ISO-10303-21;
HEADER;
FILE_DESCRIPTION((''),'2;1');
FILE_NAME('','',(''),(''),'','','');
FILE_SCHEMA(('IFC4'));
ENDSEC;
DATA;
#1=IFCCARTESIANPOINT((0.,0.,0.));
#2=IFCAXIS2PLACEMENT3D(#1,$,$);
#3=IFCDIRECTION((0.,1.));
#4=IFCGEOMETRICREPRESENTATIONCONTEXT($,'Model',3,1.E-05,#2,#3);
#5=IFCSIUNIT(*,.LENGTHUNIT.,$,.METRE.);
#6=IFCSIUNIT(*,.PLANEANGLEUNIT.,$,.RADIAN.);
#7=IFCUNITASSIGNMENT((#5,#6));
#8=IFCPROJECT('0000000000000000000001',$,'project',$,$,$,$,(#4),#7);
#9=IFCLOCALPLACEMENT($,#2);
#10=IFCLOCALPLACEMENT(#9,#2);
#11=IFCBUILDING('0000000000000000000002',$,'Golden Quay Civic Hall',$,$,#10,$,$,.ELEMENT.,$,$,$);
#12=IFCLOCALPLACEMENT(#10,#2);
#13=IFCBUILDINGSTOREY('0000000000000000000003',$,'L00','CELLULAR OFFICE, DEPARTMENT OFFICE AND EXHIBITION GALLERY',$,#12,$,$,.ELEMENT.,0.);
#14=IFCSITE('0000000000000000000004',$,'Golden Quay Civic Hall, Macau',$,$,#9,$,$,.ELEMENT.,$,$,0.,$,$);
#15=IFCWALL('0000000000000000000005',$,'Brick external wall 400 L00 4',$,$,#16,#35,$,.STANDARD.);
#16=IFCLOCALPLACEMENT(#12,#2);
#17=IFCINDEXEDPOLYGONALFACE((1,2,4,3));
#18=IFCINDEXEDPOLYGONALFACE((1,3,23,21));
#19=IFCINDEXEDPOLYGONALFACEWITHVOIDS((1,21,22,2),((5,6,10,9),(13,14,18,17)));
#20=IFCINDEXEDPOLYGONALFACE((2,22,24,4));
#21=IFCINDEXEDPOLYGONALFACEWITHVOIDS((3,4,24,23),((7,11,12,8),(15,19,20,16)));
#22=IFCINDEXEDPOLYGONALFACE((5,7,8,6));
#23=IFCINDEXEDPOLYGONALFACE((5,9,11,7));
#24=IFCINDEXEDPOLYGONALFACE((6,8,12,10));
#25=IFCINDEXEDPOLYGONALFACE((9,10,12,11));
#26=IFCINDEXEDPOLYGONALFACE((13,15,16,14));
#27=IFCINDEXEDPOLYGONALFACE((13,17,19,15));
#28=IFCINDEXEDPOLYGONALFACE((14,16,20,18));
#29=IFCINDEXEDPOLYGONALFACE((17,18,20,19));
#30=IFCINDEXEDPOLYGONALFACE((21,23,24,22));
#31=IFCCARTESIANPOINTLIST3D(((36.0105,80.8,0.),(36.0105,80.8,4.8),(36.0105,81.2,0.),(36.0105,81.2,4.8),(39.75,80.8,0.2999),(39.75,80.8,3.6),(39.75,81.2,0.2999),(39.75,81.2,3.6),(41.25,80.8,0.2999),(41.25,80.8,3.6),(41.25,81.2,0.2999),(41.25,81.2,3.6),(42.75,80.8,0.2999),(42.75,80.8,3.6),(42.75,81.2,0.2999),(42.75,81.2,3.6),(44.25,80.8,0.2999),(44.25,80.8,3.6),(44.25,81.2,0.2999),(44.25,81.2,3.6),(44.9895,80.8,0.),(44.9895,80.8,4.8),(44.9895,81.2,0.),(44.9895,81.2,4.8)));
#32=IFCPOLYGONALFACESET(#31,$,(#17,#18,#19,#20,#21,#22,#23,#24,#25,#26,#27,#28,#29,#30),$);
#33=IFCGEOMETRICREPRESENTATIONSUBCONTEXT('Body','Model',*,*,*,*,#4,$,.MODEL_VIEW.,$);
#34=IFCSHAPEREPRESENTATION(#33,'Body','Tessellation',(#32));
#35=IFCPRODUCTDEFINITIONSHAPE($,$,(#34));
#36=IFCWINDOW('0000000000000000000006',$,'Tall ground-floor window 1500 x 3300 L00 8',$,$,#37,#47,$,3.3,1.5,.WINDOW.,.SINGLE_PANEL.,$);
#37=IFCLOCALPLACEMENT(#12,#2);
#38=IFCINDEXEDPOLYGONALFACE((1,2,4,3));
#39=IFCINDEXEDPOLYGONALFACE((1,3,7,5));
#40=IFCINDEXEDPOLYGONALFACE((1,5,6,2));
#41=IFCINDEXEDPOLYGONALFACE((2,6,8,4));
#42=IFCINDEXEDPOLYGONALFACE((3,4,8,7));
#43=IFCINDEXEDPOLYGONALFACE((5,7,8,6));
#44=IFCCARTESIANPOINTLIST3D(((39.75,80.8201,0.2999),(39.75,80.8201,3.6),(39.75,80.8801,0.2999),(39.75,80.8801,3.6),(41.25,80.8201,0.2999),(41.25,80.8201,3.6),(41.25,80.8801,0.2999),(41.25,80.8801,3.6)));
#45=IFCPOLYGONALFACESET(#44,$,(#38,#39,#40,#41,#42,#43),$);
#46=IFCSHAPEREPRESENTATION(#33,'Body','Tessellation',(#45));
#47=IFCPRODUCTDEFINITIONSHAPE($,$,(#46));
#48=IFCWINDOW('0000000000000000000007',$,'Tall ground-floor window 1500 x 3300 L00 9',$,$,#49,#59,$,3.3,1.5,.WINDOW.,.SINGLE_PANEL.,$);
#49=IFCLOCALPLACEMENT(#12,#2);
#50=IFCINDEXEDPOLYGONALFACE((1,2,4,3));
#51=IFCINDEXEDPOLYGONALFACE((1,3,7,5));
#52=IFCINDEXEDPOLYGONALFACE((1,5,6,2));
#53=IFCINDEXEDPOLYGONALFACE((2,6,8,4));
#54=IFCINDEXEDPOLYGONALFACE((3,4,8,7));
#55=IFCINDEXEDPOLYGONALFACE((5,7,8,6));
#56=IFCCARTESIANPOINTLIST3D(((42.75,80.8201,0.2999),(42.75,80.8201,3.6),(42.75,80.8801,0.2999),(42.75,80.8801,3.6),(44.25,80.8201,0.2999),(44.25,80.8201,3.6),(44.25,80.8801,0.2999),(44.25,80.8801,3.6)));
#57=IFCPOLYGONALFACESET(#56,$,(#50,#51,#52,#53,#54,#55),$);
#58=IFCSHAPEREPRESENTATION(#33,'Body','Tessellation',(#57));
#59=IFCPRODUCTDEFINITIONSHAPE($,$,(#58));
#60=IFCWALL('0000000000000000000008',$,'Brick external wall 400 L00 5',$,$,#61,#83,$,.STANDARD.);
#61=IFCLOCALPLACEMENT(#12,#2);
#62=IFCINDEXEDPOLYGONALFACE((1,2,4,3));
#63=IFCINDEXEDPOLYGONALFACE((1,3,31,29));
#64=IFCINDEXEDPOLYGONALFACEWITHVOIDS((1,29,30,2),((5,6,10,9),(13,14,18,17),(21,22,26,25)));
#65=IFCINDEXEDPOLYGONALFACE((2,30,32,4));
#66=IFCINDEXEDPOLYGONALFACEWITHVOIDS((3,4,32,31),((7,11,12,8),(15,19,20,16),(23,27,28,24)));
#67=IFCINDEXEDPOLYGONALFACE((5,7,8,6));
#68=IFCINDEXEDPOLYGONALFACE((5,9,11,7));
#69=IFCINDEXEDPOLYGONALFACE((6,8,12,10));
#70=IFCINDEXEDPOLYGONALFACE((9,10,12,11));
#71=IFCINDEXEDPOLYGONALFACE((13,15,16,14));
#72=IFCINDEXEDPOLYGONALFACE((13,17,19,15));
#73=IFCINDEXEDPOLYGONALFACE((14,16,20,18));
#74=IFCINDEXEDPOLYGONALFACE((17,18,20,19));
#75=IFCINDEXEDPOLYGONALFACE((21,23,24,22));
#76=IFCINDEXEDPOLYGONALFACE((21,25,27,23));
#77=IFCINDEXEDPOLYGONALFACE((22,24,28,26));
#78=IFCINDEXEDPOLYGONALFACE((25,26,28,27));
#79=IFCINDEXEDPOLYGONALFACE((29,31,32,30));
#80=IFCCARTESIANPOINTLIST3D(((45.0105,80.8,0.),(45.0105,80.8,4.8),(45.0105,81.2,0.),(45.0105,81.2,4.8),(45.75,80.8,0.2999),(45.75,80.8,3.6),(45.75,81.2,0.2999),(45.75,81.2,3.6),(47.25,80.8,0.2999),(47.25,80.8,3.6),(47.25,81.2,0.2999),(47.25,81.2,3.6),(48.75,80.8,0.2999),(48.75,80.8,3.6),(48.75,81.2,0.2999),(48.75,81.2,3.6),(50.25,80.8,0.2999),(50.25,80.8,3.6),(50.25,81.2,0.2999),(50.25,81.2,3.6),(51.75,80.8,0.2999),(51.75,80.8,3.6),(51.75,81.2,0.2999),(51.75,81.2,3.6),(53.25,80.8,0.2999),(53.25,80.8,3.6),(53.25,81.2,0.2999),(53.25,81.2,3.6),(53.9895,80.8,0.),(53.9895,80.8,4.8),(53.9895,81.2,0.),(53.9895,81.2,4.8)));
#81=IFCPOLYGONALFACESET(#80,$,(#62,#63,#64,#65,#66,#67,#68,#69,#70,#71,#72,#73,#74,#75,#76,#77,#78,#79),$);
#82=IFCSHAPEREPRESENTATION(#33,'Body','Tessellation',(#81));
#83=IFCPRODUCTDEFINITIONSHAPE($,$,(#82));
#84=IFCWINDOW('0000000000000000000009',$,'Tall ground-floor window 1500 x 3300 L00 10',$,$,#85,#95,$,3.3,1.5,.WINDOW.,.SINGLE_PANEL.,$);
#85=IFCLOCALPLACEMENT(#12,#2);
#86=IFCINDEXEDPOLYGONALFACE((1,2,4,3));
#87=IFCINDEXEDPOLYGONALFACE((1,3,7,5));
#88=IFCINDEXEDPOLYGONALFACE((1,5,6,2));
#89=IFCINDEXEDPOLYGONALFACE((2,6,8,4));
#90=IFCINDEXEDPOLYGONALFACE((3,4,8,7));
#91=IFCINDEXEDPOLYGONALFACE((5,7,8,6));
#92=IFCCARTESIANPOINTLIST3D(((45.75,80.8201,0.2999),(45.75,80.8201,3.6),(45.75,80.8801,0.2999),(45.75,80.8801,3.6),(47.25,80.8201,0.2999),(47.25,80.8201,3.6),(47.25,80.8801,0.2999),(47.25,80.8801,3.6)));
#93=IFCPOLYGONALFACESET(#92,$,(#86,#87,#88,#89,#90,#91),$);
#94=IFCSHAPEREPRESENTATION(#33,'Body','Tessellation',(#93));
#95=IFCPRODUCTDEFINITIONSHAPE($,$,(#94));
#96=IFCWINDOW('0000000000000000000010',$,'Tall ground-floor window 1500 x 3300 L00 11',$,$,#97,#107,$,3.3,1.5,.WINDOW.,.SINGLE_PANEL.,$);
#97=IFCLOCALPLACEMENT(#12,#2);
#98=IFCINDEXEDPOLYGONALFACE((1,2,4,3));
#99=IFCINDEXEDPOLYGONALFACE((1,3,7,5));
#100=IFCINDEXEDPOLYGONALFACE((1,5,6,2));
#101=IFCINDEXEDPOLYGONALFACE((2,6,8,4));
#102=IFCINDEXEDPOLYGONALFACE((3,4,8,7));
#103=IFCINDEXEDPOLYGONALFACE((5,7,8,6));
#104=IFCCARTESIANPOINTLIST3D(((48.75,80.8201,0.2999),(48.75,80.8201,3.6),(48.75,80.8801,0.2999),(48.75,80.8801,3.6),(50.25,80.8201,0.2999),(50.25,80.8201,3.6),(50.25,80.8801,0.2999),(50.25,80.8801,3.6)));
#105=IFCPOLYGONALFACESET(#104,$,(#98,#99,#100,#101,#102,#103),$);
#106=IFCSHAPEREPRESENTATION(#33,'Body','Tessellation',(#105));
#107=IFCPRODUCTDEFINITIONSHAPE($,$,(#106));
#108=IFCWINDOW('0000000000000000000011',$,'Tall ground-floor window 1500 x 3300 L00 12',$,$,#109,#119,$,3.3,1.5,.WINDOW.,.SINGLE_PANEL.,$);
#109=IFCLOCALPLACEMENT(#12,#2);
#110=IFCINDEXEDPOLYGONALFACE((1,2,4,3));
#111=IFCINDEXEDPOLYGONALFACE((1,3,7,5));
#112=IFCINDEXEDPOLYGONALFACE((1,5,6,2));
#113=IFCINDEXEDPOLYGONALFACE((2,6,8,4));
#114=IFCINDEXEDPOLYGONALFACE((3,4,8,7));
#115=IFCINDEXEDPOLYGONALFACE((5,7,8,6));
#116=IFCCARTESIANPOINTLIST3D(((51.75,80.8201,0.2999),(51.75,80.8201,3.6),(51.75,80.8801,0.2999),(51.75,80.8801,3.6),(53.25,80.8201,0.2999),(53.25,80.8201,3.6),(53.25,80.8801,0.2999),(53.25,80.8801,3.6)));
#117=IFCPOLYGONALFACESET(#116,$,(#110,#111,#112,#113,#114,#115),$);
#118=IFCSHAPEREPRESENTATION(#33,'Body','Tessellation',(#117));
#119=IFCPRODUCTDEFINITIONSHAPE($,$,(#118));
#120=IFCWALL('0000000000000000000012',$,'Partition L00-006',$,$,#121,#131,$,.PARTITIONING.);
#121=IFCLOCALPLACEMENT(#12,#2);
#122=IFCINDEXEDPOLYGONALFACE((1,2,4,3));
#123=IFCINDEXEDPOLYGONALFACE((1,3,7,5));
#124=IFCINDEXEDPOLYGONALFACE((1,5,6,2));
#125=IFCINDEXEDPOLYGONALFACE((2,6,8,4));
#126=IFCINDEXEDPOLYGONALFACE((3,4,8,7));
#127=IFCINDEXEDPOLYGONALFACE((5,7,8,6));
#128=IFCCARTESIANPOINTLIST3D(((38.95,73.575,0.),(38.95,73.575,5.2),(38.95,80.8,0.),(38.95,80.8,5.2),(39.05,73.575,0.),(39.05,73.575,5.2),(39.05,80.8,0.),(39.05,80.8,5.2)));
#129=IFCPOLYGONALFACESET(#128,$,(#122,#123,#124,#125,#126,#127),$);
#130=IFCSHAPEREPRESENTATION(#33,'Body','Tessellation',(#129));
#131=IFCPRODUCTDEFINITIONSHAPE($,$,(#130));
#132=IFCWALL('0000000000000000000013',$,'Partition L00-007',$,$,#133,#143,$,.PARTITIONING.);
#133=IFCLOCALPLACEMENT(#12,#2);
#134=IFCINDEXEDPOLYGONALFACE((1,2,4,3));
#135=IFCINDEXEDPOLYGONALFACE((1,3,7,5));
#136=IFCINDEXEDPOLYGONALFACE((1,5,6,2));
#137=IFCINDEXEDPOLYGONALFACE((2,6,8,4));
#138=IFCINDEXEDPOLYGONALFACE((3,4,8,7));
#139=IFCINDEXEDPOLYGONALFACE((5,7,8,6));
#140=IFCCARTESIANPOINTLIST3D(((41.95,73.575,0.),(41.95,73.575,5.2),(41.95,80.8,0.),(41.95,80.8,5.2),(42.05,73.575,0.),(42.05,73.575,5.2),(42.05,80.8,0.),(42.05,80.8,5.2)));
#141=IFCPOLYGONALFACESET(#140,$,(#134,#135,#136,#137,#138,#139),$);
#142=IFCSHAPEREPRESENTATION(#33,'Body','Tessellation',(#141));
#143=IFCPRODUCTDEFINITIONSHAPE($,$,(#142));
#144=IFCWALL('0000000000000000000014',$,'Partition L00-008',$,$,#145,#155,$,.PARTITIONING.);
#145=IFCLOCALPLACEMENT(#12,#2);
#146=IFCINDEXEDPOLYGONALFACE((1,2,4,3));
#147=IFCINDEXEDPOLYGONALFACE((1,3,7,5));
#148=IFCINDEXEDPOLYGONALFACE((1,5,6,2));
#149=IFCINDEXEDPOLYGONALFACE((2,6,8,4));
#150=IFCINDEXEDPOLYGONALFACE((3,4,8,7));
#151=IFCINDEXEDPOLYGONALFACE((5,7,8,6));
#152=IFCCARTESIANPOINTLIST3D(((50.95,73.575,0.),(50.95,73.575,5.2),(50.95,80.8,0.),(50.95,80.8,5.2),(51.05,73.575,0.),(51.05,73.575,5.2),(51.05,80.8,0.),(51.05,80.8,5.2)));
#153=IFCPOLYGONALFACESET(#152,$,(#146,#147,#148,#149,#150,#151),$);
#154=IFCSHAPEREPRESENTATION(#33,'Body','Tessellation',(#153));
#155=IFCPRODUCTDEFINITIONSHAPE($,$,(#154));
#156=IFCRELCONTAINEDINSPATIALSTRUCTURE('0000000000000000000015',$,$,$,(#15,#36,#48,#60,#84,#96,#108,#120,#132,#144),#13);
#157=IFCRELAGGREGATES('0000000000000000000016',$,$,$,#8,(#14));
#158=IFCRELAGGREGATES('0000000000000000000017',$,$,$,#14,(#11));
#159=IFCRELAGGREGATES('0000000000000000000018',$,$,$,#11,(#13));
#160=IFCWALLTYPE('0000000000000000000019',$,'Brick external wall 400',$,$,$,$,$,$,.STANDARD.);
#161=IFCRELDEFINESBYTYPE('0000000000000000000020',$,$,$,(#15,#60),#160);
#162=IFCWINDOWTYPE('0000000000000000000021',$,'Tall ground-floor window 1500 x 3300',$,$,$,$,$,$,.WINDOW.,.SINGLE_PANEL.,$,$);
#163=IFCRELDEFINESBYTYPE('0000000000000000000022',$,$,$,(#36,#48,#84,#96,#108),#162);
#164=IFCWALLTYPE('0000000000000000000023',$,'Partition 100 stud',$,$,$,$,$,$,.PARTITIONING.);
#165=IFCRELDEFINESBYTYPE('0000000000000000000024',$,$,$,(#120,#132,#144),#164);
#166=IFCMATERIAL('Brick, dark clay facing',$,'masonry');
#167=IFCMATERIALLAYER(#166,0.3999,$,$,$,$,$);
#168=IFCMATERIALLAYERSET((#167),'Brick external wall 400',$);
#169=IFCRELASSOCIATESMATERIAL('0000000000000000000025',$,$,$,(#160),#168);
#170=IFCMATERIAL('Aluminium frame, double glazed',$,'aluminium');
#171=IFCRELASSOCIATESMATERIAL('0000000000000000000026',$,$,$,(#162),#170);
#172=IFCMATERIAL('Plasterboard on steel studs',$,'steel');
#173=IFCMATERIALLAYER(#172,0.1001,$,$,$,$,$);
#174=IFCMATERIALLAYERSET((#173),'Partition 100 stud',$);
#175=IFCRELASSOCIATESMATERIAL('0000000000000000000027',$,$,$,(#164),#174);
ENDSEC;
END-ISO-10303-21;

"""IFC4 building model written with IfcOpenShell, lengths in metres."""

from ifc_helpers import new_model, si_unit, direction, frame, frame_2d, origin, place, context, subcontext, project, spatial, rectangle, extrude, material, layer, layer_set, type_object, element, fill, save


model = new_model("IFC4")

# Units and contexts
model_context = context("Model", 3, precision=1e-05, world=origin(), true_north=direction((0.0, 1.0)))
body_context = subcontext(model_context, "Body", "Model", "MODEL_VIEW")
ifc_project = project(units=[si_unit("LENGTHUNIT", "METRE"), si_unit("PLANEANGLEUNIT", "RADIAN")], contexts=[model_context])

# Site, building, storey
site_placement = place(None, origin())
site = spatial("IfcSite", under=ifc_project, at=site_placement, Name="Golden Quay Civic Hall, Macau", CompositionType="ELEMENT", RefElevation=0.0)
building_placement = place(site_placement, origin())
building = spatial("IfcBuilding", under=site, at=building_placement, Name="Golden Quay Civic Hall", CompositionType="ELEMENT")
storey_placement = place(building_placement, origin())
storey = spatial("IfcBuildingStorey", under=building, at=storey_placement, Name="L00", Description="CELLULAR OFFICE, DEPARTMENT OFFICE AND EXHIBITION GALLERY", CompositionType="ELEMENT", Elevation=0.0)

# Shared definitions
ifc_material_1 = material(Name="Brick, dark clay facing", Category="masonry")
ifc_layer_1 = layer(ifc_material_1, 0.3999)
ifc_layer_set_1 = layer_set([ifc_layer_1], Name="Brick external wall 400")
wall_type_1 = type_object("IfcWallType", Name="Brick external wall 400", PredefinedType="STANDARD", material=ifc_layer_set_1)
ifc_material_2 = material(Name="Aluminium frame, double glazed", Category="aluminium")
window_type = type_object("IfcWindowType", Name="Tall ground-floor window 1500 x 3300", PartitioningType="SINGLE_PANEL", PredefinedType="WINDOW", material=ifc_material_2)

# Walls, openings, windows
wall_1_placement = place(storey_placement, frame((36.0105, 81.0, 0.0), z_axis=(0.0, 0.0, 1.0), x_axis=(1.0, 0.0, 0.0)))
wall_1 = element("IfcWall", 1, at=wall_1_placement, inside=storey, type_object=wall_type_1, Name="Brick external wall 400 L00 4", PredefinedType="STANDARD", context=body_context, shape_type="SweptSolid", body=[
    extrude(rectangle(XDim=8.979, YDim=0.3999, at=frame_2d((4.4895, 0.0))), origin(), (0.0, 0.0, 1.0), 4.8),
])
opening_1_placement = place(wall_1_placement, frame((3.7395, 0.0, 0.3)))
opening_1 = element("IfcOpeningElement", 2, at=opening_1_placement, cuts=wall_1, PredefinedType="OPENING", context=body_context, shape_type="SweptSolid", body=[
    extrude(rectangle(XDim=1.5, YDim=3.3, at=frame_2d((0.75, 1.6499))), frame((0.0, 0.21, 0.0), z_axis=(0.0, -1.0, 0.0), x_axis=(1.0, 0.0, 0.0)), (0.0, 0.0, 1.0), 0.4199),
])
opening_2_placement = place(wall_1_placement, frame((6.7395, 0.0, 0.3)))
opening_2 = element("IfcOpeningElement", 3, at=opening_2_placement, cuts=wall_1, PredefinedType="OPENING", context=body_context, shape_type="SweptSolid", body=[
    extrude(rectangle(XDim=1.5, YDim=3.3, at=frame_2d((0.75, 1.6499))), frame((0.0, 0.21, 0.0), z_axis=(0.0, -1.0, 0.0), x_axis=(1.0, 0.0, 0.0)), (0.0, 0.0, 1.0), 0.4199),
])
window_1_placement = place(opening_1_placement, origin())
window_1 = element("IfcWindow", 4, at=window_1_placement, inside=storey, type_object=window_type, Name="Tall ground-floor window 1500 x 3300 L00 8", OverallHeight=3.3, OverallWidth=1.5, PartitioningType="SINGLE_PANEL", PredefinedType="WINDOW", context=body_context, shape_type="SweptSolid", body=[
    extrude(rectangle(XDim=1.5, YDim=3.3, at=frame_2d((0.75, 1.6499))), frame((0.0, -0.1199, 0.0), z_axis=(0.0, -1.0, 0.0), x_axis=(1.0, 0.0, 0.0)), (0.0, 0.0, 1.0), 0.0601),
])
fill(opening_1, window_1)
window_2_placement = place(opening_2_placement, origin())
window_2 = element("IfcWindow", 5, at=window_2_placement, inside=storey, type_object=window_type, Name="Tall ground-floor window 1500 x 3300 L00 9", OverallHeight=3.3, OverallWidth=1.5, PartitioningType="SINGLE_PANEL", PredefinedType="WINDOW", context=body_context, shape_type="SweptSolid", body=[
    extrude(rectangle(XDim=1.5, YDim=3.3, at=frame_2d((0.75, 1.6499))), frame((0.0, -0.1199, 0.0), z_axis=(0.0, -1.0, 0.0), x_axis=(1.0, 0.0, 0.0)), (0.0, 0.0, 1.0), 0.0601),
])
fill(opening_2, window_2)
wall_2_placement = place(storey_placement, frame((45.0105, 81.0, 0.0), z_axis=(0.0, 0.0, 1.0), x_axis=(1.0, 0.0, 0.0)))
wall_2 = element("IfcWall", 6, at=wall_2_placement, inside=storey, type_object=wall_type_1, Name="Brick external wall 400 L00 5", PredefinedType="STANDARD", context=body_context, shape_type="SweptSolid", body=[
    extrude(rectangle(XDim=8.979, YDim=0.3999, at=frame_2d((4.4895, 0.0))), origin(), (0.0, 0.0, 1.0), 4.8),
])
opening_3_placement = place(wall_2_placement, frame((0.7395, 0.0, 0.3)))
opening_3 = element("IfcOpeningElement", 7, at=opening_3_placement, cuts=wall_2, PredefinedType="OPENING", context=body_context, shape_type="SweptSolid", body=[
    extrude(rectangle(XDim=1.5, YDim=3.3, at=frame_2d((0.75, 1.6499))), frame((0.0, 0.21, 0.0), z_axis=(0.0, -1.0, 0.0), x_axis=(1.0, 0.0, 0.0)), (0.0, 0.0, 1.0), 0.4199),
])
opening_4_placement = place(wall_2_placement, frame((3.7395, 0.0, 0.3)))
opening_4 = element("IfcOpeningElement", 8, at=opening_4_placement, cuts=wall_2, PredefinedType="OPENING", context=body_context, shape_type="SweptSolid", body=[
    extrude(rectangle(XDim=1.5, YDim=3.3, at=frame_2d((0.75, 1.6499))), frame((0.0, 0.21, 0.0), z_axis=(0.0, -1.0, 0.0), x_axis=(1.0, 0.0, 0.0)), (0.0, 0.0, 1.0), 0.4199),
])
opening_5_placement = place(wall_2_placement, frame((6.7395, 0.0, 0.3)))
opening_5 = element("IfcOpeningElement", 9, at=opening_5_placement, cuts=wall_2, PredefinedType="OPENING", context=body_context, shape_type="SweptSolid", body=[
    extrude(rectangle(XDim=1.5, YDim=3.3, at=frame_2d((0.75, 1.6499))), frame((0.0, 0.21, 0.0), z_axis=(0.0, -1.0, 0.0), x_axis=(1.0, 0.0, 0.0)), (0.0, 0.0, 1.0), 0.4199),
])
window_3_placement = place(opening_3_placement, origin())
window_3 = element("IfcWindow", 10, at=window_3_placement, inside=storey, type_object=window_type, Name="Tall ground-floor window 1500 x 3300 L00 10", OverallHeight=3.3, OverallWidth=1.5, PartitioningType="SINGLE_PANEL", PredefinedType="WINDOW", context=body_context, shape_type="SweptSolid", body=[
    extrude(rectangle(XDim=1.5, YDim=3.3, at=frame_2d((0.75, 1.6499))), frame((0.0, -0.1199, 0.0), z_axis=(0.0, -1.0, 0.0), x_axis=(1.0, 0.0, 0.0)), (0.0, 0.0, 1.0), 0.0601),
])
fill(opening_3, window_3)
window_4_placement = place(opening_4_placement, origin())
window_4 = element("IfcWindow", 11, at=window_4_placement, inside=storey, type_object=window_type, Name="Tall ground-floor window 1500 x 3300 L00 11", OverallHeight=3.3, OverallWidth=1.5, PartitioningType="SINGLE_PANEL", PredefinedType="WINDOW", context=body_context, shape_type="SweptSolid", body=[
    extrude(rectangle(XDim=1.5, YDim=3.3, at=frame_2d((0.75, 1.6499))), frame((0.0, -0.1199, 0.0), z_axis=(0.0, -1.0, 0.0), x_axis=(1.0, 0.0, 0.0)), (0.0, 0.0, 1.0), 0.0601),
])
fill(opening_4, window_4)
window_5_placement = place(opening_5_placement, origin())
window_5 = element("IfcWindow", 12, at=window_5_placement, inside=storey, type_object=window_type, Name="Tall ground-floor window 1500 x 3300 L00 12", OverallHeight=3.3, OverallWidth=1.5, PartitioningType="SINGLE_PANEL", PredefinedType="WINDOW", context=body_context, shape_type="SweptSolid", body=[
    extrude(rectangle(XDim=1.5, YDim=3.3, at=frame_2d((0.75, 1.6499))), frame((0.0, -0.1199, 0.0), z_axis=(0.0, -1.0, 0.0), x_axis=(1.0, 0.0, 0.0)), (0.0, 0.0, 1.0), 0.0601),
])
fill(opening_5, window_5)

# Walls
ifc_material_3 = material(Name="Plasterboard on steel studs", Category="steel")
ifc_layer_2 = layer(ifc_material_3, 0.1001)
ifc_layer_set_2 = layer_set([ifc_layer_2], Name="Partition 100 stud")
wall_type_2 = type_object("IfcWallType", Name="Partition 100 stud", PredefinedType="PARTITIONING", material=ifc_layer_set_2)
for number, where, z_axis, x_axis, name in (
    (13, (39.0, 73.575, 0.0), (0.0, 0.0, 1.0), (0.0, 1.0, 0.0), "Partition L00-006"),
    (14, (42.0, 73.575, 0.0), (0.0, 0.0, 1.0), (0.0, 1.0, 0.0), "Partition L00-007"),
    (15, (51.0, 73.575, 0.0), (0.0, 0.0, 1.0), (0.0, 1.0, 0.0), "Partition L00-008"),
):
    element("IfcWall", number, at=place(storey_placement, frame(where, z_axis=z_axis, x_axis=x_axis)), inside=storey, type_object=wall_type_2, Name=name, PredefinedType="PARTITIONING", context=body_context, shape_type="SweptSolid", body=[
        extrude(rectangle(XDim=7.2251, YDim=0.1001, at=frame_2d((3.6125, 0.0))), origin(), (0.0, 0.0, 1.0), 5.2),
    ])

save(model, "model.ifc")
